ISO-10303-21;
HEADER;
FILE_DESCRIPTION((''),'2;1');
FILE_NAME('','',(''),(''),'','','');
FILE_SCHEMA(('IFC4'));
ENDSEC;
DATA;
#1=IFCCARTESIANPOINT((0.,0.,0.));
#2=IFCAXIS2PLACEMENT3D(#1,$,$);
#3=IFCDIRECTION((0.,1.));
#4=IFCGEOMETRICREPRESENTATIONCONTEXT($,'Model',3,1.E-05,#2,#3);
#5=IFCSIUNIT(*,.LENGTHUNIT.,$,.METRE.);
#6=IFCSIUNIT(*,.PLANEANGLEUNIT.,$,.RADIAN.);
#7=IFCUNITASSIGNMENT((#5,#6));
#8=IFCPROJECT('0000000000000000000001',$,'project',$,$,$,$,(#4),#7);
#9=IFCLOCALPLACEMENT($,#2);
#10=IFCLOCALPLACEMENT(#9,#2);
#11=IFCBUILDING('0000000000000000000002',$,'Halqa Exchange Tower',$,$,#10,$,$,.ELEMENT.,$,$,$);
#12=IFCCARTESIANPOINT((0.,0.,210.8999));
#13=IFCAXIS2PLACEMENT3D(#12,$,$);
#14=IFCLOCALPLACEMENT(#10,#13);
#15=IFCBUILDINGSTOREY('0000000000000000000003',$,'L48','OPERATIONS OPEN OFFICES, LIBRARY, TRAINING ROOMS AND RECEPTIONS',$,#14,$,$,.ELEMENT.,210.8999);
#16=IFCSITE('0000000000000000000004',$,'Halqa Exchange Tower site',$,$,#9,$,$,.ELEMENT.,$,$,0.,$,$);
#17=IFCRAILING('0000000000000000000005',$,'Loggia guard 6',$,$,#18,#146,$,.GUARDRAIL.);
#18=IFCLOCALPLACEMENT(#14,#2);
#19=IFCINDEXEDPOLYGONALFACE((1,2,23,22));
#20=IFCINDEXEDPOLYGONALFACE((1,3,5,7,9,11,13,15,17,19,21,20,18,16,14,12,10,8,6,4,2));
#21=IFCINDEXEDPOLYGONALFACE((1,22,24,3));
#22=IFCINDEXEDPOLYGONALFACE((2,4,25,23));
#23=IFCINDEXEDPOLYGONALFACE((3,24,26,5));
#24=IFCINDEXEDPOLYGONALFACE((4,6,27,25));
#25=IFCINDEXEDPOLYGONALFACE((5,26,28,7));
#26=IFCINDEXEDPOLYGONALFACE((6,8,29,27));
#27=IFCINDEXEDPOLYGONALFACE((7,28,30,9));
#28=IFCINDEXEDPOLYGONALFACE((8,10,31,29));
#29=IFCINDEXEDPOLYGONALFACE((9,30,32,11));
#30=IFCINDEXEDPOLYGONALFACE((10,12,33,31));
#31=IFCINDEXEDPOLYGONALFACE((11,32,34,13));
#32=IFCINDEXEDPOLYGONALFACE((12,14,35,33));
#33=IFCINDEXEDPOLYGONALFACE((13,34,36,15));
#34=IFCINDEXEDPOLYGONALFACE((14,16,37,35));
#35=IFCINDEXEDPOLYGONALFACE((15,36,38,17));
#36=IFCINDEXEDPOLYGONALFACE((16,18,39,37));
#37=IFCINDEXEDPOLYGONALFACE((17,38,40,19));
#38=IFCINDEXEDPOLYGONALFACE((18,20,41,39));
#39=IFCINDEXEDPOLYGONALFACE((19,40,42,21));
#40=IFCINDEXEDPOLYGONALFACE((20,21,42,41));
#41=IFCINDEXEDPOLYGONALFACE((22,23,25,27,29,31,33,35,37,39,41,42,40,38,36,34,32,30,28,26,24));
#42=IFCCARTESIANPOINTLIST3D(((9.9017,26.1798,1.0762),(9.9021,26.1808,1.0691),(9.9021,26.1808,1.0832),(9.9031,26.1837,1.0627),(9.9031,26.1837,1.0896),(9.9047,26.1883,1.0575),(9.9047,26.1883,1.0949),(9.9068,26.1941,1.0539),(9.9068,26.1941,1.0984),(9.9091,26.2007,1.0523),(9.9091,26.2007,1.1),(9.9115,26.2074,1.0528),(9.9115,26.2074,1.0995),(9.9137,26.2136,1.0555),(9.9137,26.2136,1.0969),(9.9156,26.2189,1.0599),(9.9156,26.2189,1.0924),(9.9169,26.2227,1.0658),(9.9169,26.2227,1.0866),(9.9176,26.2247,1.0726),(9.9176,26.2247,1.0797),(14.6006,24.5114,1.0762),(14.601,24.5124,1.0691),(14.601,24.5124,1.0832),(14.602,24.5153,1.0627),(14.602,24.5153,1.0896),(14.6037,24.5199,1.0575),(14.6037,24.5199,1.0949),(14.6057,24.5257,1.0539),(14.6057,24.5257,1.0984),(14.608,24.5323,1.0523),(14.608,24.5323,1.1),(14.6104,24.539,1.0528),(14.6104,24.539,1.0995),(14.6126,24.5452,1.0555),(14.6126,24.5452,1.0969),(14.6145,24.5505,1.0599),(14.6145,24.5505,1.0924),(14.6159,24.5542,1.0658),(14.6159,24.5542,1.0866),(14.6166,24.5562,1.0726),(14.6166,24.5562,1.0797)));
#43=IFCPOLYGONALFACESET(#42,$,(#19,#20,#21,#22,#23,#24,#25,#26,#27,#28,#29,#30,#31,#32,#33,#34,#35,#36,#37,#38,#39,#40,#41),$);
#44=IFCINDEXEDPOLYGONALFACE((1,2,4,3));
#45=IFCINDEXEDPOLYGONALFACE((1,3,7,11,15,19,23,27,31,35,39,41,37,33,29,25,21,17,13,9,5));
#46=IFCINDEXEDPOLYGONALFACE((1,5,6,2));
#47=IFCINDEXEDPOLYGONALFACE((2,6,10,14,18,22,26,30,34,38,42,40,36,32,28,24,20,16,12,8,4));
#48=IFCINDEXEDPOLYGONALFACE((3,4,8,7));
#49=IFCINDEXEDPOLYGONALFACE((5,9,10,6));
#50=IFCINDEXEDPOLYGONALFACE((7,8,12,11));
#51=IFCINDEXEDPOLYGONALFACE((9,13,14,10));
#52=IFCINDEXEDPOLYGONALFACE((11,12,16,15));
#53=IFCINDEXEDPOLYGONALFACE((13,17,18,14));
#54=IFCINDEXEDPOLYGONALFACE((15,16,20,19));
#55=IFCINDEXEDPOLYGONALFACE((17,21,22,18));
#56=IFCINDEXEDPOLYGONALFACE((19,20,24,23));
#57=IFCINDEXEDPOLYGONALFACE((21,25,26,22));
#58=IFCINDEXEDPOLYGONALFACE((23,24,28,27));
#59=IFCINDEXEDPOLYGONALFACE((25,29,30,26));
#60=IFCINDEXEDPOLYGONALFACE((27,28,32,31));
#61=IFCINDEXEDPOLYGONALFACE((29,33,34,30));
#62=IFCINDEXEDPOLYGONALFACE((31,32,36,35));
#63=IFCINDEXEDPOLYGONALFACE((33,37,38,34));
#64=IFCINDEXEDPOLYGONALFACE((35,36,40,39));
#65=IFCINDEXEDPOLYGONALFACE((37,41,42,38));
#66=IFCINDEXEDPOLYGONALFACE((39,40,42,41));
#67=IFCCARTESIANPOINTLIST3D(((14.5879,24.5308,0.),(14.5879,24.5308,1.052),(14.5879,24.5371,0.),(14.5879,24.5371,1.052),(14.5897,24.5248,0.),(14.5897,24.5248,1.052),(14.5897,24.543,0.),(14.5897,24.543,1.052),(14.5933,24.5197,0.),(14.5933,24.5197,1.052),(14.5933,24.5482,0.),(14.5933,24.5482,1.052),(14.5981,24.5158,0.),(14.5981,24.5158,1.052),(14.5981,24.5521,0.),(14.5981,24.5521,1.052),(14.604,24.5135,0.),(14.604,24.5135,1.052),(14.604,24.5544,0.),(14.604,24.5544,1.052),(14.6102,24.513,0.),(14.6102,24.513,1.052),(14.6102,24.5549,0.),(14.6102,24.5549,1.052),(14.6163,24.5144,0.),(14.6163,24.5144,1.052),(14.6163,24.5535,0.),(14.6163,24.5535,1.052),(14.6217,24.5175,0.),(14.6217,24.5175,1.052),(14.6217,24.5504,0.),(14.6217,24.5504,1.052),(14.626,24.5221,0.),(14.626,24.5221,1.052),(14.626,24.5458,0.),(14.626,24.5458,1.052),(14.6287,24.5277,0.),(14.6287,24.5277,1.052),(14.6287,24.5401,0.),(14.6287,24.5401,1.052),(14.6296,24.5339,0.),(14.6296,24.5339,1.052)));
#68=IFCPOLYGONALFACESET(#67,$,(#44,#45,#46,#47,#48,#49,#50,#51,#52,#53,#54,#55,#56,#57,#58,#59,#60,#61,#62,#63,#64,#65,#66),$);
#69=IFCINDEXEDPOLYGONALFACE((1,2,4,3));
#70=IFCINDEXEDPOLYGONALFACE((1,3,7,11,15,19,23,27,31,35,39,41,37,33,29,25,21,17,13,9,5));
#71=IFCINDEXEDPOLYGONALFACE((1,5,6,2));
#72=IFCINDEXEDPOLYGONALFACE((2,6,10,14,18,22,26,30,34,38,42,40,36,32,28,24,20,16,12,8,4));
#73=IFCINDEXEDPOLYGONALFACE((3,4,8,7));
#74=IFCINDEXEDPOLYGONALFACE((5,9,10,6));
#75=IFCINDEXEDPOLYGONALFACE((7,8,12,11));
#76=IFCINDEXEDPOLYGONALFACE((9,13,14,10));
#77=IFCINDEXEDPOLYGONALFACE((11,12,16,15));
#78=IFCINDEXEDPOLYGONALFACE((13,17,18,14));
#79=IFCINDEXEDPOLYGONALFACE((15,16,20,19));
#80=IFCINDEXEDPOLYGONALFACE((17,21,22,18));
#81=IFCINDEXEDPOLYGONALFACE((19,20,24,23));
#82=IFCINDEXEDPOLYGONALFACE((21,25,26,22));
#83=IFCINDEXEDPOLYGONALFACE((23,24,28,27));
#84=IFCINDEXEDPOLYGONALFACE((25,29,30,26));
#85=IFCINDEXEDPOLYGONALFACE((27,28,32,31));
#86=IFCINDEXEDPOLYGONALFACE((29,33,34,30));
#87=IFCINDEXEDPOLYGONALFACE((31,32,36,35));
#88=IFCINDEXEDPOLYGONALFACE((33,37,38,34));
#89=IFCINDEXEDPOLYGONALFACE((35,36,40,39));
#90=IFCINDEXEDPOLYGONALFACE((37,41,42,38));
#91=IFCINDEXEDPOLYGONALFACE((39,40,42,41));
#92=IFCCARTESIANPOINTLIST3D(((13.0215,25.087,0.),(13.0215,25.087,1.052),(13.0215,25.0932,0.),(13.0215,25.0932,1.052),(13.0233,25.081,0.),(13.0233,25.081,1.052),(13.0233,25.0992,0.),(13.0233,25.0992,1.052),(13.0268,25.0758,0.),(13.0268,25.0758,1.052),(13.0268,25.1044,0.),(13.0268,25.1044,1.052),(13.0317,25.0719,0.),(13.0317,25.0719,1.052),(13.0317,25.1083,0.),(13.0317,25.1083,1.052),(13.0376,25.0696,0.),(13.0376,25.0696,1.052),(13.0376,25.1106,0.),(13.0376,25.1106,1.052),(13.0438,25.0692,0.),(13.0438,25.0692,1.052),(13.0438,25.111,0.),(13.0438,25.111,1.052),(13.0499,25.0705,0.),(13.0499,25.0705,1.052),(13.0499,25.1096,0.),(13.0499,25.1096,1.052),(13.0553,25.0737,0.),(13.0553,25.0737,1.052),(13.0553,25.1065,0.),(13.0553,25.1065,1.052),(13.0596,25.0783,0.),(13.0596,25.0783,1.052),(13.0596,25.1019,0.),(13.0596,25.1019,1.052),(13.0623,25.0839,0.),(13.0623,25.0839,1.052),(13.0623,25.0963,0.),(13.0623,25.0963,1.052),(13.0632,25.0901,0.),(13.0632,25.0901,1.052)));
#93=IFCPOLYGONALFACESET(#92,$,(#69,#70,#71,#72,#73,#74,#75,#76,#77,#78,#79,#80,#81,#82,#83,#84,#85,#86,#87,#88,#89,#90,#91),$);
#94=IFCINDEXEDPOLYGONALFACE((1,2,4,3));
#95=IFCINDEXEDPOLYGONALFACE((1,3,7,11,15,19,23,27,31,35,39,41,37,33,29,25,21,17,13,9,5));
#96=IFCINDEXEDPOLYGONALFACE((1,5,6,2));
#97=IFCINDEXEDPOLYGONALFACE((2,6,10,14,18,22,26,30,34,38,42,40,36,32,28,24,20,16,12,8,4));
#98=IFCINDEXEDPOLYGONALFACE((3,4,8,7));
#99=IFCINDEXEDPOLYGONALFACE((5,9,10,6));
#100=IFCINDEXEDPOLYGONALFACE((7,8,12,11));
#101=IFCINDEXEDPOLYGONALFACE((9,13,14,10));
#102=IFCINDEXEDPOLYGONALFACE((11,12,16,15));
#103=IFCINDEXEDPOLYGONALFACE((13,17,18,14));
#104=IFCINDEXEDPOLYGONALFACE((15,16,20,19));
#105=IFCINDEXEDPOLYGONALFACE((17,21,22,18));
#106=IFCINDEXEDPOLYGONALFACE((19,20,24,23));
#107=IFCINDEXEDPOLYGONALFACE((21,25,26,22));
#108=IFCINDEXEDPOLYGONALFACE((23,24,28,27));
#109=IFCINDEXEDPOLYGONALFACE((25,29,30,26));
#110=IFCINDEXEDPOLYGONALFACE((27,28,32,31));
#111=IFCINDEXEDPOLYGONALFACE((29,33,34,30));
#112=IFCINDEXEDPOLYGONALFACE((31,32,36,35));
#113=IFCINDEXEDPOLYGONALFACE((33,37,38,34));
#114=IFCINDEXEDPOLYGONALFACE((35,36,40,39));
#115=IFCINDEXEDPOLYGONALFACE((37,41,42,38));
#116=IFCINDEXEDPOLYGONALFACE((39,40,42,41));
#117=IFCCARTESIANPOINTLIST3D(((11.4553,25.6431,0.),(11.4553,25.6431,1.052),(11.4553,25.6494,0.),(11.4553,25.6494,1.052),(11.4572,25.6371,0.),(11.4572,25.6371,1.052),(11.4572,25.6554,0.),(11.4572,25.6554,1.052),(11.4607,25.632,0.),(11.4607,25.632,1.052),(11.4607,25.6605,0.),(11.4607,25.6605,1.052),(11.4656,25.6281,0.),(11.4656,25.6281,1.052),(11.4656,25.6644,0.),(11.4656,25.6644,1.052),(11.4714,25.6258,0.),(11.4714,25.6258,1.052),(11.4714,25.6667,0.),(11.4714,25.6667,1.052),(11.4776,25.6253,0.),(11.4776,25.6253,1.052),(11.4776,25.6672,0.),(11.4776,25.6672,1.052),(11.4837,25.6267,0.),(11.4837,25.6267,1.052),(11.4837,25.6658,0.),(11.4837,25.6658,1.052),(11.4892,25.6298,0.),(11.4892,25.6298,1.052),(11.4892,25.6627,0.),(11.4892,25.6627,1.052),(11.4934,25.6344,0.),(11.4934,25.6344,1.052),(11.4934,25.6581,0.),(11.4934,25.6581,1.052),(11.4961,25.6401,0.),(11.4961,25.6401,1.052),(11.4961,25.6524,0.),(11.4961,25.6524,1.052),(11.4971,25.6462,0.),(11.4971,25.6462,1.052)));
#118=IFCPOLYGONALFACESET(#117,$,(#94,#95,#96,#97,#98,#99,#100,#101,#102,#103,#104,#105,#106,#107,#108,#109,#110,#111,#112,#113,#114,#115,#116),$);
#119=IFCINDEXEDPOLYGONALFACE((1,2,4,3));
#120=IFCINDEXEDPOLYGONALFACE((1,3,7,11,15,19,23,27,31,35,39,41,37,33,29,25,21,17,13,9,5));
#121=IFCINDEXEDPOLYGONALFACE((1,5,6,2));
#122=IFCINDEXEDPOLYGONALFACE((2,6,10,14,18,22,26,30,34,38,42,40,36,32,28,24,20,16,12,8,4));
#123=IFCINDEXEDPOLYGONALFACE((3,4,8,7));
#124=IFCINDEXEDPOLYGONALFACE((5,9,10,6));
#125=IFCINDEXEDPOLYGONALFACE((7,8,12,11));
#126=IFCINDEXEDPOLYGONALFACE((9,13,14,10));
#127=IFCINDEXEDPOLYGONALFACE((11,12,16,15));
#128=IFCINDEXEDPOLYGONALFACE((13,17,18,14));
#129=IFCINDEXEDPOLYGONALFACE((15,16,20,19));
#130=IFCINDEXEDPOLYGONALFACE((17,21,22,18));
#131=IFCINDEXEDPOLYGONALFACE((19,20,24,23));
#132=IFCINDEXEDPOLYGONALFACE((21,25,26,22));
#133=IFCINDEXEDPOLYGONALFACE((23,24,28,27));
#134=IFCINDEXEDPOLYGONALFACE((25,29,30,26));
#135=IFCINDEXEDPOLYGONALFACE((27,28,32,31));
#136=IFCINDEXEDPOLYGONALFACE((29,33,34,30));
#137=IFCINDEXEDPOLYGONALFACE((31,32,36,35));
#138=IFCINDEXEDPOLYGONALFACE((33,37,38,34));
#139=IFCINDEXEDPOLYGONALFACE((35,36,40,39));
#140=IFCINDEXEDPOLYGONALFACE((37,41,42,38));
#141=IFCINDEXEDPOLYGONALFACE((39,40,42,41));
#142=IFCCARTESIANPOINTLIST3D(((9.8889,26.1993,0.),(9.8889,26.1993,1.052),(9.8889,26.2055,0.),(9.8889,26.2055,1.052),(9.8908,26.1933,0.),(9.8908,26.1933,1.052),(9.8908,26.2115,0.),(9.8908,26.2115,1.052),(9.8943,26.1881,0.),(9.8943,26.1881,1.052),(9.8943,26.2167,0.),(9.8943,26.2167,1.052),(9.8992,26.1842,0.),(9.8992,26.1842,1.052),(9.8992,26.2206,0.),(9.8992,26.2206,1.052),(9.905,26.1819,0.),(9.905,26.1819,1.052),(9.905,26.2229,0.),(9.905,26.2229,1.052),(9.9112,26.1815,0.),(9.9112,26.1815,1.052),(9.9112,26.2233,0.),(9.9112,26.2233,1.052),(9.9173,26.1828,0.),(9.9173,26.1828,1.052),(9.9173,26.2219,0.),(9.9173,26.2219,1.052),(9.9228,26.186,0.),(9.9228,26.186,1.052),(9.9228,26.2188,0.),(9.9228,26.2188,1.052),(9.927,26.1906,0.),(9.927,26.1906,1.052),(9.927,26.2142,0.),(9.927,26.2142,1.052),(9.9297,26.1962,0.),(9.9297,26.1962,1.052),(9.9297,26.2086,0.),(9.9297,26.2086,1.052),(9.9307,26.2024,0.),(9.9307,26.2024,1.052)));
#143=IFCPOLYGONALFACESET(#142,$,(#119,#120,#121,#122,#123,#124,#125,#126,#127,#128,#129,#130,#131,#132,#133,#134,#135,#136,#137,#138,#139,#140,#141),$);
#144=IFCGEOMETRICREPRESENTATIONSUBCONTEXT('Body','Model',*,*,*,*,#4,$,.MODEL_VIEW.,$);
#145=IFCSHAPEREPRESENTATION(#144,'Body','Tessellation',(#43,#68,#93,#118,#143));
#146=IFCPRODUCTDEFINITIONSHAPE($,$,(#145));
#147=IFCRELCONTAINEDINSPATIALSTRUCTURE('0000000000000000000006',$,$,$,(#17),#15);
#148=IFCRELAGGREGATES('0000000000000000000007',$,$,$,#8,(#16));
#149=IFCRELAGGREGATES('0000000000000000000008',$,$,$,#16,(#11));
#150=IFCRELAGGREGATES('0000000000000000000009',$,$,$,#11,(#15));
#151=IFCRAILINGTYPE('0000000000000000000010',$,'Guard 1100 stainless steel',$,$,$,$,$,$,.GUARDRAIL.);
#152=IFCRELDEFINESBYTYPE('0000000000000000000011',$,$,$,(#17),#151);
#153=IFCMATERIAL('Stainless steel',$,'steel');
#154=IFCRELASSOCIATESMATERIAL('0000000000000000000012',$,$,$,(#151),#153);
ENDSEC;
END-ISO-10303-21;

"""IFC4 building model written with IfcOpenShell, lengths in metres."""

from ifc_helpers import new_model, si_unit, direction, frame, origin, origin_2d, place, context, subcontext, project, spatial, circle, extrude, material, type_object, element, save


model = new_model("IFC4")

# Units and contexts
model_context = context("Model", 3, precision=1e-05, world=origin(), true_north=direction((0.0, 1.0)))
body_context = subcontext(model_context, "Body", "Model", "MODEL_VIEW")
ifc_project = project(units=[si_unit("LENGTHUNIT", "METRE"), si_unit("PLANEANGLEUNIT", "RADIAN")], contexts=[model_context])

# Site, building, storey
site_placement = place(None, origin())
site = spatial("IfcSite", under=ifc_project, at=site_placement, Name="Halqa Exchange Tower site", CompositionType="ELEMENT", RefElevation=0.0)
building_placement = place(site_placement, origin())
building = spatial("IfcBuilding", under=site, at=building_placement, Name="Halqa Exchange Tower", CompositionType="ELEMENT")
storey_placement = place(building_placement, frame((0.0, 0.0, 210.8999)))
storey = spatial("IfcBuildingStorey", under=building, at=storey_placement, Name="L48", Description="OPERATIONS OPEN OFFICES, LIBRARY, TRAINING ROOMS AND RECEPTIONS", CompositionType="ELEMENT", Elevation=210.8999)

# Railing
ifc_material_1 = material(Name="Stainless steel", Category="steel")
railing_type = type_object("IfcRailingType", Name="Guard 1100 stainless steel", PredefinedType="GUARDRAIL", material=ifc_material_1)
railing_1_placement = place(storey_placement, frame((14.6086, 24.5339, 0.0)))
element("IfcRailing", 1, at=railing_1_placement, inside=storey, type_object=railing_type, Name="Loggia guard 6", PredefinedType="GUARDRAIL", context=body_context, shape_type="SweptSolid", body=[
    extrude(circle(Radius=0.0239, at=origin_2d()), frame((0.0, 0.0, 1.0762), z_axis=(-0.94236, 0.334602, 0.0), x_axis=(-0.334602, -0.94236, 0.0)), (0.0, 0.0, 1.0), 4.9863),
    extrude(circle(Radius=0.021, at=origin_2d()), origin(), (0.0, 0.0, 1.0), 1.052),
    extrude(circle(Radius=0.021, at=origin_2d()), frame((-1.5664, 0.5562, 0.0)), (0.0, 0.0, 1.0), 1.052),
    extrude(circle(Radius=0.021, at=origin_2d()), frame((-3.1326, 1.1123, 0.0)), (0.0, 0.0, 1.0), 1.052),
    extrude(circle(Radius=0.021, at=origin_2d()), frame((-4.699, 1.6685, 0.0)), (0.0, 0.0, 1.0), 1.052),
])

save(model, "model.ifc")
